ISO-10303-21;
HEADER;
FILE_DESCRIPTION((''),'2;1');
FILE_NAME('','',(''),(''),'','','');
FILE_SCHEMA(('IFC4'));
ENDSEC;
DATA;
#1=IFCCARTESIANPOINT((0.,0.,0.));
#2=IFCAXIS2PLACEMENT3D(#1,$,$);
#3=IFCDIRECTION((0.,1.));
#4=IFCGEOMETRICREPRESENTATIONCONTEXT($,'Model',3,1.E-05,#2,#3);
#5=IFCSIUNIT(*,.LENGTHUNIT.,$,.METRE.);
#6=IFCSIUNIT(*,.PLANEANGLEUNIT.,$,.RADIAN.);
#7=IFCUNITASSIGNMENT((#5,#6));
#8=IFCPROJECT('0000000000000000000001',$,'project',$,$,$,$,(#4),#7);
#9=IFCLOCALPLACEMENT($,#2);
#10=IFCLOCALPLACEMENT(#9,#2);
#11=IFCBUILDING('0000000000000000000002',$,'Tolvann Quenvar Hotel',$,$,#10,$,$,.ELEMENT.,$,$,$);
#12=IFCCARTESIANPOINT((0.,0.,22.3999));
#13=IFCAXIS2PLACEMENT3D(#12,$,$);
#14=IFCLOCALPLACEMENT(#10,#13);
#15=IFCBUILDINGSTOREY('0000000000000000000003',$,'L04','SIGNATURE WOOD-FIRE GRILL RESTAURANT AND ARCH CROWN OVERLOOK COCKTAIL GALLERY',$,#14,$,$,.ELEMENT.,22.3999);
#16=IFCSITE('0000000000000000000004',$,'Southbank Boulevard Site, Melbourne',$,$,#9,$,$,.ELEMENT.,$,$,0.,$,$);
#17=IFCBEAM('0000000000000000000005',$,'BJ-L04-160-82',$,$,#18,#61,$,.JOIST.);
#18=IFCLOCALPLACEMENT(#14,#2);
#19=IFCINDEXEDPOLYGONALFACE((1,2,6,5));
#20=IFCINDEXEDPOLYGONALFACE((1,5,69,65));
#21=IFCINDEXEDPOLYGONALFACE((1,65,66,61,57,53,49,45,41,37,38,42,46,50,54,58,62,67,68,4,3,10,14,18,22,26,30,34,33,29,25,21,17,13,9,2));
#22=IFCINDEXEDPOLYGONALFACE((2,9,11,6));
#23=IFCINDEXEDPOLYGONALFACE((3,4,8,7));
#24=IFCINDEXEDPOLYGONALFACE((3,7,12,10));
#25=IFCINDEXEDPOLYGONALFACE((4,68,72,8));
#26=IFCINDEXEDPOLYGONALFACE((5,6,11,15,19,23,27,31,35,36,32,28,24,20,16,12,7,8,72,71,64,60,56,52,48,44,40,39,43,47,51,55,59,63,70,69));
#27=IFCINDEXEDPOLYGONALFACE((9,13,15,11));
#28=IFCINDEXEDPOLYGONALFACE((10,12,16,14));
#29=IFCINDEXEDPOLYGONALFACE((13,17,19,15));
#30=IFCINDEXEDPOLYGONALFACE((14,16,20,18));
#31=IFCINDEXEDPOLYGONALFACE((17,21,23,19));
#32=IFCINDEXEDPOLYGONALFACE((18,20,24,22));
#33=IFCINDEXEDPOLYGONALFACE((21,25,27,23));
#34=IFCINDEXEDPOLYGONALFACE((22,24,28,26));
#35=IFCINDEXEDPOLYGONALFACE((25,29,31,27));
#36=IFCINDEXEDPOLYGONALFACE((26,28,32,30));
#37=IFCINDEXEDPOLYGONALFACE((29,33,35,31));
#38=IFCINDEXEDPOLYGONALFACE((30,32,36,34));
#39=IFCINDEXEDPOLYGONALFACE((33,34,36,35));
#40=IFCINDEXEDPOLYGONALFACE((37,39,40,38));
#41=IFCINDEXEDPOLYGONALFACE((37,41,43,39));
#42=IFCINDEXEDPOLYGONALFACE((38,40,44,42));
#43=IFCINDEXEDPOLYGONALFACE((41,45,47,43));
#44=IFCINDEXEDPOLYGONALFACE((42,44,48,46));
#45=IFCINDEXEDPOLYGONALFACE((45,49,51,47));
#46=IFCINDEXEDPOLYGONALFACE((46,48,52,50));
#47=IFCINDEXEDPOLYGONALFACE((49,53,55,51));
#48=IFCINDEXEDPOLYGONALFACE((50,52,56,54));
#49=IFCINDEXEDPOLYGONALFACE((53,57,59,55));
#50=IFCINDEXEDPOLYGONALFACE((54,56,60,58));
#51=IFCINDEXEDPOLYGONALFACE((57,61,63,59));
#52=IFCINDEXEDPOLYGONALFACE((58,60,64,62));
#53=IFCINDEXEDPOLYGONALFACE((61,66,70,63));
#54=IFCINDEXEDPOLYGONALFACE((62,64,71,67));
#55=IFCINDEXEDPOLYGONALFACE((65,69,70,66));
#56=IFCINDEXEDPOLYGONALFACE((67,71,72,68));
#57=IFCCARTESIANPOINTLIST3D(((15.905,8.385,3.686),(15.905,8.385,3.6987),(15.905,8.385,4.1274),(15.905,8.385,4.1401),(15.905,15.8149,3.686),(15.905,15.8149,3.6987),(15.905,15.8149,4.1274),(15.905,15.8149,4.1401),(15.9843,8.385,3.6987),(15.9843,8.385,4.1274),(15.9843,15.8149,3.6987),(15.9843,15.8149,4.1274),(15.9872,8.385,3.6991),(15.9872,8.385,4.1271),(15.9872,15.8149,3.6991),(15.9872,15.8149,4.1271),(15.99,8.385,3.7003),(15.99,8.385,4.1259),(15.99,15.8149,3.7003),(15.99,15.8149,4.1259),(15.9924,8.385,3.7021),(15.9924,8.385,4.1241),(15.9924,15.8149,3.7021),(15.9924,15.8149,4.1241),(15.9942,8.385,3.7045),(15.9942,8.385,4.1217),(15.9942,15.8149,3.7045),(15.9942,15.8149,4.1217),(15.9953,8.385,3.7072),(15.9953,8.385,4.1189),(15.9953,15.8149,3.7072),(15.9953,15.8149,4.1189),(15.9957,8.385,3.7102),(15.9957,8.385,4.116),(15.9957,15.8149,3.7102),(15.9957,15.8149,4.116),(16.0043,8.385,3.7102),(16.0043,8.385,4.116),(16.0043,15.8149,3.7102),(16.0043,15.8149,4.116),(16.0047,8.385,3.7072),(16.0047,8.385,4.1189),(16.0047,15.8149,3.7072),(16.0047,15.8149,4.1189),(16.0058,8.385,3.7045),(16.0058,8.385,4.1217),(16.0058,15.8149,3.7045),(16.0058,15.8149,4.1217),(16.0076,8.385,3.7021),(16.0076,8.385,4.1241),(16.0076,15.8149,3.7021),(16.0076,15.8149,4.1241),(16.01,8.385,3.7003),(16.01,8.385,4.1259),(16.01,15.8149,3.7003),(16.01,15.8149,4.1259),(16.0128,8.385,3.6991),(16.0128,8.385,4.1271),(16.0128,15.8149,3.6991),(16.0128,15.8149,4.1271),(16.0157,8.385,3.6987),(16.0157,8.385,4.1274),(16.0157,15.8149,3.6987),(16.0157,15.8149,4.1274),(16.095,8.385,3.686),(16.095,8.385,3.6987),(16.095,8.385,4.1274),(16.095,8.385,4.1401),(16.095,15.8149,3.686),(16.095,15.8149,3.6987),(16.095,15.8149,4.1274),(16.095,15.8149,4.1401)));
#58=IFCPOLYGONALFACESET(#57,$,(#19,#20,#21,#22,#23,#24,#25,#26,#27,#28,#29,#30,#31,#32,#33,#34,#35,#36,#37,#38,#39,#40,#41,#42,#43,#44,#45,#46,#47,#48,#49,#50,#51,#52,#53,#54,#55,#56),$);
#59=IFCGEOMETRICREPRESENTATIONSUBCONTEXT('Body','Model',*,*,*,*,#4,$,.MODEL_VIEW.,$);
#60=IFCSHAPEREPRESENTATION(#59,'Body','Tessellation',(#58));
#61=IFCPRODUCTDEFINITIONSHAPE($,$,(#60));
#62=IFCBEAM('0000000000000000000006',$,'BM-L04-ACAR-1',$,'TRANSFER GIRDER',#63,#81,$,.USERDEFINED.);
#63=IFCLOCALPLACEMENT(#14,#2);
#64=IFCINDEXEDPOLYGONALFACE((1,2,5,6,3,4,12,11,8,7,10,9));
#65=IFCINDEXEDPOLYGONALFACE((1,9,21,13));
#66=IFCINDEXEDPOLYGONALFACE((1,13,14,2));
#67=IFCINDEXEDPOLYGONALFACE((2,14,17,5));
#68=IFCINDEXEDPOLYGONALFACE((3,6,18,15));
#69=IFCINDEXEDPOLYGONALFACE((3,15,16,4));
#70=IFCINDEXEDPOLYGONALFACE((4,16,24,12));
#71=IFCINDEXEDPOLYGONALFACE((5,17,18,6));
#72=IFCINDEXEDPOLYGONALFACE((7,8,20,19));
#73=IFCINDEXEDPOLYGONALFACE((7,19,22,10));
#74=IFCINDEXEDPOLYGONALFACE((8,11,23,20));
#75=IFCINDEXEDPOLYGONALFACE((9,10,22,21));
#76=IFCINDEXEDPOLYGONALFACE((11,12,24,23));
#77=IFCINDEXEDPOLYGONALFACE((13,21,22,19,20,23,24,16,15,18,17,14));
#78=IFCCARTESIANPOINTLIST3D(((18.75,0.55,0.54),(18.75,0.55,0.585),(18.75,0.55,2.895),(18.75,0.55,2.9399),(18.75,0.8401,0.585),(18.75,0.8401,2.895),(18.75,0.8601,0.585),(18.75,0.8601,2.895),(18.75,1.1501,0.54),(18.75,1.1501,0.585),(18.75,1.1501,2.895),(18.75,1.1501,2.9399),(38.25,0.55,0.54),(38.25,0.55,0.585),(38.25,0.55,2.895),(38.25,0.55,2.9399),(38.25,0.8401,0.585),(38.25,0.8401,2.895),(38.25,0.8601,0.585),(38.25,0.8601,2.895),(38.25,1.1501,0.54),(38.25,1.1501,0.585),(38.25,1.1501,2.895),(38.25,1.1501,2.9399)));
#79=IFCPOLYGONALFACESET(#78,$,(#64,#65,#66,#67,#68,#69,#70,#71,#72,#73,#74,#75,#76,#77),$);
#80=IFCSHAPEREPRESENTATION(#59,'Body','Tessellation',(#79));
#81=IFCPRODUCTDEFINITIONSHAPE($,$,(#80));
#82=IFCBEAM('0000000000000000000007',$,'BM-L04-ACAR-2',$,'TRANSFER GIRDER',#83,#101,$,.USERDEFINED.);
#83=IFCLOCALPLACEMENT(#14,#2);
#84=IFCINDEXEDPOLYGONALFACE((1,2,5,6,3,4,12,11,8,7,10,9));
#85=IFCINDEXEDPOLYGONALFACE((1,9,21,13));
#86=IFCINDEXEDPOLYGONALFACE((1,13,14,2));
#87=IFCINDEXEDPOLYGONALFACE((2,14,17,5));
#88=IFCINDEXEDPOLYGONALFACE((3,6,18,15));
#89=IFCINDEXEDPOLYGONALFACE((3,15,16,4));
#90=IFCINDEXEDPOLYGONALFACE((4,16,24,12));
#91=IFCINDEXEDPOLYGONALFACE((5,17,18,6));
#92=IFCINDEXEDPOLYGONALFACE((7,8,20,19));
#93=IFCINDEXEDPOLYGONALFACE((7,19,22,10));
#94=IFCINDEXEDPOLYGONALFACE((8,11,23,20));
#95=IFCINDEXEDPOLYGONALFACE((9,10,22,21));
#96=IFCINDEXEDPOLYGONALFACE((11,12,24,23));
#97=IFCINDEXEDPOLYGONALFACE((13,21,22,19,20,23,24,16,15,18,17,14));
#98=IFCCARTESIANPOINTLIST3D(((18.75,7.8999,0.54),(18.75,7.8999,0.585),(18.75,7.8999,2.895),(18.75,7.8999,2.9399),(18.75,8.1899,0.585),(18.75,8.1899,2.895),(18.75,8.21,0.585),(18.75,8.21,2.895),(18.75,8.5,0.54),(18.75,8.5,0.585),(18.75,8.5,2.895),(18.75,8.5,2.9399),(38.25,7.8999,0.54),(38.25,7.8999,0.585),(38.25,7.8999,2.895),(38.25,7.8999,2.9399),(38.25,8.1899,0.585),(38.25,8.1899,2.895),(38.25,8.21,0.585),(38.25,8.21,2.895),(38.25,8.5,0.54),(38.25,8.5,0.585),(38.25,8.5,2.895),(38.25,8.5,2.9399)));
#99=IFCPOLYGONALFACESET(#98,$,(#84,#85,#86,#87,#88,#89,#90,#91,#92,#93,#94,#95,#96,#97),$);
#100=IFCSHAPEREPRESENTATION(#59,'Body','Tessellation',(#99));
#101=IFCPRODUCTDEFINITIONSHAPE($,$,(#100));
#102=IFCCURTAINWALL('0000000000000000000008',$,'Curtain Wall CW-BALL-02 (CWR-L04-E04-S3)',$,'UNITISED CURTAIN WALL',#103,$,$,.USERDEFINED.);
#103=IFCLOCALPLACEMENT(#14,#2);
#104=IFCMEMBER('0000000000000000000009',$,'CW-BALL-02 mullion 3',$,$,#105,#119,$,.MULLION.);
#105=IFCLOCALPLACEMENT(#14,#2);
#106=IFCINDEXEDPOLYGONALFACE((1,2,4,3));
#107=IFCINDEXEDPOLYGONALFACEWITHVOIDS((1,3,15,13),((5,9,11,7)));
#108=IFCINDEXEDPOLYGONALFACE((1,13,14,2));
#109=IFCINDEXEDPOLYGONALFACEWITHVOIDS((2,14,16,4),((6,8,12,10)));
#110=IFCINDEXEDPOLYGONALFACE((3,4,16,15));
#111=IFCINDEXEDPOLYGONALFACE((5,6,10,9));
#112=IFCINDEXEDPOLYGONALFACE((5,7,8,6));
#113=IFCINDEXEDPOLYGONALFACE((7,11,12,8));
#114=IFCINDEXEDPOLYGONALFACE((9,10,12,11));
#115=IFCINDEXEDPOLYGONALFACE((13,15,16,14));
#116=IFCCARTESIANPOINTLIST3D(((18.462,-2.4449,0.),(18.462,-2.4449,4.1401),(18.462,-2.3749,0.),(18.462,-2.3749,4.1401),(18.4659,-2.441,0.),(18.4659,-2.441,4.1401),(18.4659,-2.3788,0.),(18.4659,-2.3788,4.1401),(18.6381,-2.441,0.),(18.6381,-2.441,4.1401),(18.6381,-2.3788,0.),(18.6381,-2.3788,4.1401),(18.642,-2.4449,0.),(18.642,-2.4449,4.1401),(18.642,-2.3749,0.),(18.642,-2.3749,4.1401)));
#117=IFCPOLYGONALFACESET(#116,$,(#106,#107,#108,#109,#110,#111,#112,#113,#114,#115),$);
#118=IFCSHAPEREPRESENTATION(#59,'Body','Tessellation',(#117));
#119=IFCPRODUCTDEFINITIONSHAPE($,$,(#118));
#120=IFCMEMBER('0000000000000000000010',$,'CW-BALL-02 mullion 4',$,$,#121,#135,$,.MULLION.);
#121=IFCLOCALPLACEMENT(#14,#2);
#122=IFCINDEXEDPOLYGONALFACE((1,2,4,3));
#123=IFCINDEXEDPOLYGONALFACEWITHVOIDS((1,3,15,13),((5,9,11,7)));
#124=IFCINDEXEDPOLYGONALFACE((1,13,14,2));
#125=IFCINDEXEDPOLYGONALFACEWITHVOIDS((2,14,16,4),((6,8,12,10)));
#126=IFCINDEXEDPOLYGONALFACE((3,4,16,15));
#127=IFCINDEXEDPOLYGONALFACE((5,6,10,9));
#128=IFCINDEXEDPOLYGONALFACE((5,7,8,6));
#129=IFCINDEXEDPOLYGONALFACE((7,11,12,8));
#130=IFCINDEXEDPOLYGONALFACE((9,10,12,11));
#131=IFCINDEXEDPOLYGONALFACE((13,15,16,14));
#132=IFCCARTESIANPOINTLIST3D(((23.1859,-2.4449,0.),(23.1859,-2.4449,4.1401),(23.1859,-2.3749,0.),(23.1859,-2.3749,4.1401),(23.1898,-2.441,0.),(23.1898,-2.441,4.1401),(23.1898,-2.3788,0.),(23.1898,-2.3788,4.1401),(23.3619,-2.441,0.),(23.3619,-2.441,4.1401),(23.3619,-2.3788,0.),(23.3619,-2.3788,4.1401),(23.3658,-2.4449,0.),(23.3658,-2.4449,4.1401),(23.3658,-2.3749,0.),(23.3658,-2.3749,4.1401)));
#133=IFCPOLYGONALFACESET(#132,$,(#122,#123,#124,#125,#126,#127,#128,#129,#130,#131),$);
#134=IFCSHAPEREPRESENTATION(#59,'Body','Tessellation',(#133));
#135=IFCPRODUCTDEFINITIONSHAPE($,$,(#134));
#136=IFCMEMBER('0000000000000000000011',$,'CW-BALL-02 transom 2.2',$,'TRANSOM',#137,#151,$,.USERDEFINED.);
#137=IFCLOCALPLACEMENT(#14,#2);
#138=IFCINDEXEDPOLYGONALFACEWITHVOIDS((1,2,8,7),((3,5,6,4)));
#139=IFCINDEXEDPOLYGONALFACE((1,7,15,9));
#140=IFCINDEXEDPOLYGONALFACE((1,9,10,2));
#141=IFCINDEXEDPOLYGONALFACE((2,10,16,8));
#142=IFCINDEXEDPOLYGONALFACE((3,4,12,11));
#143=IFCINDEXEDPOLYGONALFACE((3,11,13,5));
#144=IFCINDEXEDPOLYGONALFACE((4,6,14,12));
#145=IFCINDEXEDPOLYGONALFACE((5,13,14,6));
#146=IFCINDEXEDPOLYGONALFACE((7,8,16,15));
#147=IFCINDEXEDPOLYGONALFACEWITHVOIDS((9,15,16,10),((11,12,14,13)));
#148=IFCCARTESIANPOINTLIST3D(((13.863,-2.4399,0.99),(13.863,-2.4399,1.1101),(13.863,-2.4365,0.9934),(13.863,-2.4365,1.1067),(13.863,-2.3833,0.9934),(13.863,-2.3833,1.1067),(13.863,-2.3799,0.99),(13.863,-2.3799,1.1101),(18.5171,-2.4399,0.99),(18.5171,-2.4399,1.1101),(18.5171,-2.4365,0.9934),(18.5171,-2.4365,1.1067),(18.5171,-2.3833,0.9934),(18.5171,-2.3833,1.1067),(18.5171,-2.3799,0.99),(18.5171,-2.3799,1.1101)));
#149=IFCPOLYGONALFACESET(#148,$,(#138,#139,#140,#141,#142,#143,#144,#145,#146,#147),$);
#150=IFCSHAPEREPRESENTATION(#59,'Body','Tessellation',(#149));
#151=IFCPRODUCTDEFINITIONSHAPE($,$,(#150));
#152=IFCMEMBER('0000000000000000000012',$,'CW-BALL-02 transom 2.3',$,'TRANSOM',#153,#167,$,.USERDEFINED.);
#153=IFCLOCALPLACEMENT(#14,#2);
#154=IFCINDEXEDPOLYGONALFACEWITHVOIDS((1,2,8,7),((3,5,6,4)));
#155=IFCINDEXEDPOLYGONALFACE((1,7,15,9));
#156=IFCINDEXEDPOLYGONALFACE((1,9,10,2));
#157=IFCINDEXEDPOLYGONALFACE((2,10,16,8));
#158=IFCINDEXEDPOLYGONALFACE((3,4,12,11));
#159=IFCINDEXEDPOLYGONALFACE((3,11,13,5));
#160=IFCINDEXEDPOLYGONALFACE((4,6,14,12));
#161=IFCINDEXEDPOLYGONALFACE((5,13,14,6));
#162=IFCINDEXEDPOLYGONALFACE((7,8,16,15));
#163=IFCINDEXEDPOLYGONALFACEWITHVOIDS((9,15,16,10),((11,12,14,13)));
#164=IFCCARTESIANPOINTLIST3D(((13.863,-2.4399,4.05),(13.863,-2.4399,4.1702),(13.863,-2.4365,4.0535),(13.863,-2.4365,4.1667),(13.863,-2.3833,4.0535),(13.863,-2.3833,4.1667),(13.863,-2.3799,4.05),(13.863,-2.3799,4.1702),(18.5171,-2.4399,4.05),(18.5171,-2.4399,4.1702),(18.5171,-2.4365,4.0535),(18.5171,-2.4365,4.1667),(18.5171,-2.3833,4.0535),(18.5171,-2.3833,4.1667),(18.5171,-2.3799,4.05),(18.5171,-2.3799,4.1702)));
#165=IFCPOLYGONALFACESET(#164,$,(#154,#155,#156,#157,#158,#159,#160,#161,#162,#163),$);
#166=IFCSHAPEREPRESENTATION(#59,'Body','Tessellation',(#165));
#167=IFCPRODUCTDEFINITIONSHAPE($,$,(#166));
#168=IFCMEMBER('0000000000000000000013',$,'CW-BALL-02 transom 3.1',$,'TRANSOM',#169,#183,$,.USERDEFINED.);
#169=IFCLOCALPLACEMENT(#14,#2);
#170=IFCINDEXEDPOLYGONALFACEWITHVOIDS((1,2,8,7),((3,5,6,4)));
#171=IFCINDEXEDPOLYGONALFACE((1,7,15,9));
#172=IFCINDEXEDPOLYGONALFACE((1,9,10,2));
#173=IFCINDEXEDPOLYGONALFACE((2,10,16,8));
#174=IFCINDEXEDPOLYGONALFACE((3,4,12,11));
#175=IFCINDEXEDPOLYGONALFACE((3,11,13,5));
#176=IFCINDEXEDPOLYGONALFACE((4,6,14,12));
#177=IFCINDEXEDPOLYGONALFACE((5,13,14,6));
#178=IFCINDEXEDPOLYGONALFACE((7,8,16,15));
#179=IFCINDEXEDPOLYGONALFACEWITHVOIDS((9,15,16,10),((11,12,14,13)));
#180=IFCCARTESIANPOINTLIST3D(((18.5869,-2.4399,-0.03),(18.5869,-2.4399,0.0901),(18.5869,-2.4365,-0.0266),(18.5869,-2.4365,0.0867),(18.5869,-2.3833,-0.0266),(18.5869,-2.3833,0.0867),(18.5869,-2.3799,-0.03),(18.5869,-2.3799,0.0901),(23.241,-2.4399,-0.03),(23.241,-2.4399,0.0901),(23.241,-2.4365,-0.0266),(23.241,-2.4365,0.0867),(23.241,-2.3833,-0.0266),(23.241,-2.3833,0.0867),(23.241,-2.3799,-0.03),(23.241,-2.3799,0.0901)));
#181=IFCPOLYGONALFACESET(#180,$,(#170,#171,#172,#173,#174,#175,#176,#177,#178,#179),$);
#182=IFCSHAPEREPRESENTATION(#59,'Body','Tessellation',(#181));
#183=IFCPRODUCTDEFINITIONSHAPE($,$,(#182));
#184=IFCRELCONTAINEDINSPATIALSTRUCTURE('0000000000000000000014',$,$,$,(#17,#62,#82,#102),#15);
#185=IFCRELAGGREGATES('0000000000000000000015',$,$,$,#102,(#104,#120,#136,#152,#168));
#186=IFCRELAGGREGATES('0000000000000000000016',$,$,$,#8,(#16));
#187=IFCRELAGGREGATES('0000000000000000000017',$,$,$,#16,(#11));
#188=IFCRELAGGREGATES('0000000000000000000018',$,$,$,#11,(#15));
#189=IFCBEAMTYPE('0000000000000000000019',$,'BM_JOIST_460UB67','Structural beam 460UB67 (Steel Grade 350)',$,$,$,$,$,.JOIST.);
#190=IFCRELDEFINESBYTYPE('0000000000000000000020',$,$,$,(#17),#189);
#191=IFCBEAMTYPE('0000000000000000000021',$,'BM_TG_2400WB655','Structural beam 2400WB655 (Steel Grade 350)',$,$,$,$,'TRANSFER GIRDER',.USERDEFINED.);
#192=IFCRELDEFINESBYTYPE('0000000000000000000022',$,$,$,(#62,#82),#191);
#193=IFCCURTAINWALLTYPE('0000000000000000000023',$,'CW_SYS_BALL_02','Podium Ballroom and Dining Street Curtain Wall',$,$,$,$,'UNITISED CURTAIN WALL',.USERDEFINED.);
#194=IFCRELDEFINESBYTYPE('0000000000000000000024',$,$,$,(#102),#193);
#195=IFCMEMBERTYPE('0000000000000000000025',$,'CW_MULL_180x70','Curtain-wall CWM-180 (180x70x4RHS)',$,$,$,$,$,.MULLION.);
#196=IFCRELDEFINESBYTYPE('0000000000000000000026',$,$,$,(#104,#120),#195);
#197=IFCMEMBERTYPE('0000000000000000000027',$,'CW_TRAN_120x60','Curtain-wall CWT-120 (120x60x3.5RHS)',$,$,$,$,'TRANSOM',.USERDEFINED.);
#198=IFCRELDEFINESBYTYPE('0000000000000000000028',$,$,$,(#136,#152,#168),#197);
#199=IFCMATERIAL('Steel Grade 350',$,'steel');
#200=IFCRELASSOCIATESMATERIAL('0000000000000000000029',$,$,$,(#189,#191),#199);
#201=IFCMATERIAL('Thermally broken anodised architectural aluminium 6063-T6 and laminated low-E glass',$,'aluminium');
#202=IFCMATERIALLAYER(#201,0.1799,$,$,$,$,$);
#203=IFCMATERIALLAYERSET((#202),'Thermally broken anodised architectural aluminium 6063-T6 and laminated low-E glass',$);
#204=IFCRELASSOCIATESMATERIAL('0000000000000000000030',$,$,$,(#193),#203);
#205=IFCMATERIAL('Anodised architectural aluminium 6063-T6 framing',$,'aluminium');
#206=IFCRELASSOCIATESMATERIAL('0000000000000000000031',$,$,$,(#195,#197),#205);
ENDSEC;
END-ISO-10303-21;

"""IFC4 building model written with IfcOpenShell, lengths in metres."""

from ifc_helpers import new_model, si_unit, direction, frame, origin, origin_2d, place, context, subcontext, project, spatial, hollow_rectangle, i_section, extrude, source, transform, mapped, material, layer, layer_set, material_profile, profile_set, type_object, type_shapes, element, aggregate, save


model = new_model("IFC4")

# Units and contexts
model_context = context("Model", 3, precision=1e-05, world=origin(), true_north=direction((0.0, 1.0)))
body_context = subcontext(model_context, "Body", "Model", "MODEL_VIEW")
ifc_project = project(units=[si_unit("LENGTHUNIT", "METRE"), si_unit("PLANEANGLEUNIT", "RADIAN")], contexts=[model_context])

# Site, building, storey
site_placement = place(None, origin())
site = spatial("IfcSite", under=ifc_project, at=site_placement, Name="Southbank Boulevard Site, Melbourne", CompositionType="ELEMENT", RefElevation=0.0)
building_placement = place(site_placement, origin())
building = spatial("IfcBuilding", under=site, at=building_placement, Name="Tolvann Quenvar Hotel", CompositionType="ELEMENT")
storey_placement = place(building_placement, frame((0.0, 0.0, 22.3999)))
storey = spatial("IfcBuildingStorey", under=building, at=storey_placement, Name="L04", Description="SIGNATURE WOOD-FIRE GRILL RESTAURANT AND ARCH CROWN OVERLOOK COCKTAIL GALLERY", CompositionType="ELEMENT", Elevation=22.3999)

# Beams
ifc_material_1 = material(Name="Steel Grade 350", Category="steel")
ifc_material_profile_1 = material_profile(ifc_material_1, i_section(OverallWidth=0.1899, OverallDepth=0.4541, WebThickness=0.0085, FlangeThickness=0.0127, FilletRadius=0.0115, at=origin_2d()), Name="460UB67")
ifc_profile_set_1 = profile_set([ifc_material_profile_1], Name="Steel Grade 350")
beam_type_1 = type_object("IfcBeamType", Name="BM_JOIST_460UB67", Description="Structural beam 460UB67 (Steel Grade 350)", PredefinedType="JOIST", material=ifc_profile_set_1)
shared_shape_1 = source(origin(), body_context, "Body", "SweptSolid", [
    extrude(i_section(OverallWidth=0.1899, OverallDepth=0.4541, WebThickness=0.0085, FlangeThickness=0.0127, FilletRadius=0.0115, at=origin_2d()), origin(), (0.0, 0.0, 1.0), 7.4299),
])
beam_1_placement = place(storey_placement, frame((16.0, 8.385, 3.9131), z_axis=(0.0, 1.0, 0.0), x_axis=(-1.0, 0.0, 0.0)))
element("IfcBeam", 1, at=beam_1_placement, inside=storey, type_object=beam_type_1, Name="BJ-L04-160-82", PredefinedType="JOIST", context=body_context, shape_type="MappedRepresentation", body=[
    mapped(shared_shape_1, transform((0.0, 0.0, 0.0), x_axis=(1.0, 0.0, 0.0), y_axis=(0.0, 1.0, 0.0), z_axis=(0.0, 0.0, 1.0), scale=1.0)),
])
ifc_material_profile_2 = material_profile(ifc_material_1, i_section(OverallWidth=0.6001, OverallDepth=2.3999, WebThickness=0.02, FlangeThickness=0.0449, at=origin_2d()), Name="2400WB655")
ifc_profile_set_2 = profile_set([ifc_material_profile_2], Name="Steel Grade 350")
beam_type_2 = type_object("IfcBeamType", Name="BM_TG_2400WB655", Description="Structural beam 2400WB655 (Steel Grade 350)", ElementType="TRANSFER GIRDER", PredefinedType="USERDEFINED", material=ifc_profile_set_2)
shared_shape_2 = source(origin(), body_context, "Body", "SweptSolid", [
    extrude(i_section(OverallWidth=0.6001, OverallDepth=2.3999, WebThickness=0.02, FlangeThickness=0.0449, at=origin_2d()), origin(), (0.0, 0.0, 1.0), 19.5),
])
type_shapes(beam_type_2, [shared_shape_2])
for number, where, z_axis, x_axis, name in (
    (2, (18.75, 0.8501, 1.74), (1.0, 0.0, 0.0), (0.0, 1.0, 0.0), "BM-L04-ACAR-1"),
    (3, (18.75, 8.2, 1.74), (1.0, 0.0, 0.0), (0.0, 1.0, 0.0), "BM-L04-ACAR-2"),
):
    element("IfcBeam", number, at=place(storey_placement, frame(where, z_axis=z_axis, x_axis=x_axis)), inside=storey, type_object=beam_type_2, Name=name, ObjectType="TRANSFER GIRDER", PredefinedType="USERDEFINED", context=body_context, shape_type="MappedRepresentation", body=[
        mapped(shared_shape_2, transform((0.0, 0.0, 0.0), x_axis=(1.0, 0.0, 0.0), y_axis=(0.0, 1.0, 0.0), z_axis=(0.0, 0.0, 1.0), scale=1.0)),
    ])

# Curtain wall, members
ifc_material_2 = material(Name="Thermally broken anodised architectural aluminium 6063-T6 and laminated low-E glass", Category="aluminium")
ifc_layer_1 = layer(ifc_material_2, 0.1799)
ifc_layer_set_1 = layer_set([ifc_layer_1], Name="Thermally broken anodised architectural aluminium 6063-T6 and laminated low-E glass")
curtain_wall_type = type_object("IfcCurtainWallType", Name="CW_SYS_BALL_02", Description="Podium Ballroom and Dining Street Curtain Wall", ElementType="UNITISED CURTAIN WALL", PredefinedType="USERDEFINED", material=ifc_layer_set_1)
curtain_wall_placement = place(storey_placement, origin())
curtain_wall = element("IfcCurtainWall", 4, at=curtain_wall_placement, inside=storey, type_object=curtain_wall_type, Name="Curtain Wall CW-BALL-02 (CWR-L04-E04-S3)", ObjectType="UNITISED CURTAIN WALL", PredefinedType="USERDEFINED")
ifc_material_3 = material(Name="Anodised architectural aluminium 6063-T6 framing", Category="aluminium")
ifc_material_profile_3 = material_profile(ifc_material_3, hollow_rectangle(XDim=0.0701, YDim=0.1799, WallThickness=0.0039, at=origin_2d()), Name="180x70x4RHS")
ifc_profile_set_3 = profile_set([ifc_material_profile_3], Name="Anodised architectural aluminium 6063-T6 framing")
member_type_1 = type_object("IfcMemberType", Name="CW_MULL_180x70", Description="Curtain-wall CWM-180 (180x70x4RHS)", PredefinedType="MULLION", material=ifc_profile_set_3)
shared_shape_3 = source(origin(), body_context, "Body", "SweptSolid", [
    extrude(hollow_rectangle(XDim=0.0701, YDim=0.1799, WallThickness=0.0039, at=origin_2d()), origin(), (0.0, 0.0, 1.0), 4.1401),
])
type_shapes(member_type_1, [shared_shape_3])
member_1_placement = place(storey_placement, frame((18.552, -2.4099, 0.0), z_axis=(0.0, 0.0, 1.0), x_axis=(0.0, 1.0, 0.0)))
member_1 = element("IfcMember", 5, at=member_1_placement, type_object=member_type_1, Name="CW-BALL-02 mullion 3", PredefinedType="MULLION", context=body_context, shape_type="MappedRepresentation", body=[
    mapped(shared_shape_3, transform((0.0, 0.0, 0.0), x_axis=(1.0, 0.0, 0.0), y_axis=(0.0, 1.0, 0.0), z_axis=(0.0, 0.0, 1.0), scale=1.0)),
])
member_2_placement = place(storey_placement, frame((23.2759, -2.4099, 0.0), z_axis=(0.0, 0.0, 1.0), x_axis=(0.0, 1.0, 0.0)))
member_2 = element("IfcMember", 6, at=member_2_placement, type_object=member_type_1, Name="CW-BALL-02 mullion 4", PredefinedType="MULLION", context=body_context, shape_type="MappedRepresentation", body=[
    mapped(shared_shape_3, transform((0.0, 0.0, 0.0), x_axis=(1.0, 0.0, 0.0), y_axis=(0.0, 1.0, 0.0), z_axis=(0.0, 0.0, 1.0), scale=1.0)),
])
ifc_material_profile_4 = material_profile(ifc_material_3, hollow_rectangle(XDim=0.0601, YDim=0.1201, WallThickness=0.0034, at=origin_2d()), Name="120x60x3.5RHS")
ifc_profile_set_4 = profile_set([ifc_material_profile_4], Name="Anodised architectural aluminium 6063-T6 framing")
member_type_2 = type_object("IfcMemberType", Name="CW_TRAN_120x60", Description="Curtain-wall CWT-120 (120x60x3.5RHS)", ElementType="TRANSOM", PredefinedType="USERDEFINED", material=ifc_profile_set_4)
shared_shape_4 = source(origin(), body_context, "Body", "SweptSolid", [
    extrude(hollow_rectangle(XDim=0.0601, YDim=0.1201, WallThickness=0.0034, at=origin_2d()), origin(), (0.0, 0.0, 1.0), 4.6541),
])
type_shapes(member_type_2, [shared_shape_4])
member_3_placement = place(storey_placement, frame((13.863, -2.4099, 1.05), z_axis=(1.0, 0.0, 0.0), x_axis=(0.0, 1.0, 0.0)))
member_3 = element("IfcMember", 7, at=member_3_placement, type_object=member_type_2, Name="CW-BALL-02 transom 2.2", ObjectType="TRANSOM", PredefinedType="USERDEFINED", context=body_context, shape_type="MappedRepresentation", body=[
    mapped(shared_shape_4, transform((0.0, 0.0, 0.0), x_axis=(1.0, 0.0, 0.0), y_axis=(0.0, 1.0, 0.0), z_axis=(0.0, 0.0, 1.0), scale=1.0)),
])
member_4_placement = place(storey_placement, frame((13.863, -2.4099, 4.1101), z_axis=(1.0, 0.0, 0.0), x_axis=(0.0, 1.0, 0.0)))
member_4 = element("IfcMember", 8, at=member_4_placement, type_object=member_type_2, Name="CW-BALL-02 transom 2.3", ObjectType="TRANSOM", PredefinedType="USERDEFINED", context=body_context, shape_type="MappedRepresentation", body=[
    mapped(shared_shape_4, transform((0.0, 0.0, 0.0), x_axis=(1.0, 0.0, 0.0), y_axis=(0.0, 1.0, 0.0), z_axis=(0.0, 0.0, 1.0), scale=1.0)),
])
member_5_placement = place(storey_placement, frame((18.5869, -2.4099, 0.03), z_axis=(1.0, 0.0, 0.0), x_axis=(0.0, 1.0, 0.0)))
member_5 = element("IfcMember", 9, at=member_5_placement, type_object=member_type_2, Name="CW-BALL-02 transom 3.1", ObjectType="TRANSOM", PredefinedType="USERDEFINED", context=body_context, shape_type="MappedRepresentation", body=[
    mapped(shared_shape_4, transform((0.0, 0.0, 0.0), x_axis=(1.0, 0.0, 0.0), y_axis=(0.0, 1.0, 0.0), z_axis=(0.0, 0.0, 1.0), scale=1.0)),
])
aggregate(curtain_wall, [member_1, member_2, member_3, member_4, member_5])

save(model, "model.ifc")
